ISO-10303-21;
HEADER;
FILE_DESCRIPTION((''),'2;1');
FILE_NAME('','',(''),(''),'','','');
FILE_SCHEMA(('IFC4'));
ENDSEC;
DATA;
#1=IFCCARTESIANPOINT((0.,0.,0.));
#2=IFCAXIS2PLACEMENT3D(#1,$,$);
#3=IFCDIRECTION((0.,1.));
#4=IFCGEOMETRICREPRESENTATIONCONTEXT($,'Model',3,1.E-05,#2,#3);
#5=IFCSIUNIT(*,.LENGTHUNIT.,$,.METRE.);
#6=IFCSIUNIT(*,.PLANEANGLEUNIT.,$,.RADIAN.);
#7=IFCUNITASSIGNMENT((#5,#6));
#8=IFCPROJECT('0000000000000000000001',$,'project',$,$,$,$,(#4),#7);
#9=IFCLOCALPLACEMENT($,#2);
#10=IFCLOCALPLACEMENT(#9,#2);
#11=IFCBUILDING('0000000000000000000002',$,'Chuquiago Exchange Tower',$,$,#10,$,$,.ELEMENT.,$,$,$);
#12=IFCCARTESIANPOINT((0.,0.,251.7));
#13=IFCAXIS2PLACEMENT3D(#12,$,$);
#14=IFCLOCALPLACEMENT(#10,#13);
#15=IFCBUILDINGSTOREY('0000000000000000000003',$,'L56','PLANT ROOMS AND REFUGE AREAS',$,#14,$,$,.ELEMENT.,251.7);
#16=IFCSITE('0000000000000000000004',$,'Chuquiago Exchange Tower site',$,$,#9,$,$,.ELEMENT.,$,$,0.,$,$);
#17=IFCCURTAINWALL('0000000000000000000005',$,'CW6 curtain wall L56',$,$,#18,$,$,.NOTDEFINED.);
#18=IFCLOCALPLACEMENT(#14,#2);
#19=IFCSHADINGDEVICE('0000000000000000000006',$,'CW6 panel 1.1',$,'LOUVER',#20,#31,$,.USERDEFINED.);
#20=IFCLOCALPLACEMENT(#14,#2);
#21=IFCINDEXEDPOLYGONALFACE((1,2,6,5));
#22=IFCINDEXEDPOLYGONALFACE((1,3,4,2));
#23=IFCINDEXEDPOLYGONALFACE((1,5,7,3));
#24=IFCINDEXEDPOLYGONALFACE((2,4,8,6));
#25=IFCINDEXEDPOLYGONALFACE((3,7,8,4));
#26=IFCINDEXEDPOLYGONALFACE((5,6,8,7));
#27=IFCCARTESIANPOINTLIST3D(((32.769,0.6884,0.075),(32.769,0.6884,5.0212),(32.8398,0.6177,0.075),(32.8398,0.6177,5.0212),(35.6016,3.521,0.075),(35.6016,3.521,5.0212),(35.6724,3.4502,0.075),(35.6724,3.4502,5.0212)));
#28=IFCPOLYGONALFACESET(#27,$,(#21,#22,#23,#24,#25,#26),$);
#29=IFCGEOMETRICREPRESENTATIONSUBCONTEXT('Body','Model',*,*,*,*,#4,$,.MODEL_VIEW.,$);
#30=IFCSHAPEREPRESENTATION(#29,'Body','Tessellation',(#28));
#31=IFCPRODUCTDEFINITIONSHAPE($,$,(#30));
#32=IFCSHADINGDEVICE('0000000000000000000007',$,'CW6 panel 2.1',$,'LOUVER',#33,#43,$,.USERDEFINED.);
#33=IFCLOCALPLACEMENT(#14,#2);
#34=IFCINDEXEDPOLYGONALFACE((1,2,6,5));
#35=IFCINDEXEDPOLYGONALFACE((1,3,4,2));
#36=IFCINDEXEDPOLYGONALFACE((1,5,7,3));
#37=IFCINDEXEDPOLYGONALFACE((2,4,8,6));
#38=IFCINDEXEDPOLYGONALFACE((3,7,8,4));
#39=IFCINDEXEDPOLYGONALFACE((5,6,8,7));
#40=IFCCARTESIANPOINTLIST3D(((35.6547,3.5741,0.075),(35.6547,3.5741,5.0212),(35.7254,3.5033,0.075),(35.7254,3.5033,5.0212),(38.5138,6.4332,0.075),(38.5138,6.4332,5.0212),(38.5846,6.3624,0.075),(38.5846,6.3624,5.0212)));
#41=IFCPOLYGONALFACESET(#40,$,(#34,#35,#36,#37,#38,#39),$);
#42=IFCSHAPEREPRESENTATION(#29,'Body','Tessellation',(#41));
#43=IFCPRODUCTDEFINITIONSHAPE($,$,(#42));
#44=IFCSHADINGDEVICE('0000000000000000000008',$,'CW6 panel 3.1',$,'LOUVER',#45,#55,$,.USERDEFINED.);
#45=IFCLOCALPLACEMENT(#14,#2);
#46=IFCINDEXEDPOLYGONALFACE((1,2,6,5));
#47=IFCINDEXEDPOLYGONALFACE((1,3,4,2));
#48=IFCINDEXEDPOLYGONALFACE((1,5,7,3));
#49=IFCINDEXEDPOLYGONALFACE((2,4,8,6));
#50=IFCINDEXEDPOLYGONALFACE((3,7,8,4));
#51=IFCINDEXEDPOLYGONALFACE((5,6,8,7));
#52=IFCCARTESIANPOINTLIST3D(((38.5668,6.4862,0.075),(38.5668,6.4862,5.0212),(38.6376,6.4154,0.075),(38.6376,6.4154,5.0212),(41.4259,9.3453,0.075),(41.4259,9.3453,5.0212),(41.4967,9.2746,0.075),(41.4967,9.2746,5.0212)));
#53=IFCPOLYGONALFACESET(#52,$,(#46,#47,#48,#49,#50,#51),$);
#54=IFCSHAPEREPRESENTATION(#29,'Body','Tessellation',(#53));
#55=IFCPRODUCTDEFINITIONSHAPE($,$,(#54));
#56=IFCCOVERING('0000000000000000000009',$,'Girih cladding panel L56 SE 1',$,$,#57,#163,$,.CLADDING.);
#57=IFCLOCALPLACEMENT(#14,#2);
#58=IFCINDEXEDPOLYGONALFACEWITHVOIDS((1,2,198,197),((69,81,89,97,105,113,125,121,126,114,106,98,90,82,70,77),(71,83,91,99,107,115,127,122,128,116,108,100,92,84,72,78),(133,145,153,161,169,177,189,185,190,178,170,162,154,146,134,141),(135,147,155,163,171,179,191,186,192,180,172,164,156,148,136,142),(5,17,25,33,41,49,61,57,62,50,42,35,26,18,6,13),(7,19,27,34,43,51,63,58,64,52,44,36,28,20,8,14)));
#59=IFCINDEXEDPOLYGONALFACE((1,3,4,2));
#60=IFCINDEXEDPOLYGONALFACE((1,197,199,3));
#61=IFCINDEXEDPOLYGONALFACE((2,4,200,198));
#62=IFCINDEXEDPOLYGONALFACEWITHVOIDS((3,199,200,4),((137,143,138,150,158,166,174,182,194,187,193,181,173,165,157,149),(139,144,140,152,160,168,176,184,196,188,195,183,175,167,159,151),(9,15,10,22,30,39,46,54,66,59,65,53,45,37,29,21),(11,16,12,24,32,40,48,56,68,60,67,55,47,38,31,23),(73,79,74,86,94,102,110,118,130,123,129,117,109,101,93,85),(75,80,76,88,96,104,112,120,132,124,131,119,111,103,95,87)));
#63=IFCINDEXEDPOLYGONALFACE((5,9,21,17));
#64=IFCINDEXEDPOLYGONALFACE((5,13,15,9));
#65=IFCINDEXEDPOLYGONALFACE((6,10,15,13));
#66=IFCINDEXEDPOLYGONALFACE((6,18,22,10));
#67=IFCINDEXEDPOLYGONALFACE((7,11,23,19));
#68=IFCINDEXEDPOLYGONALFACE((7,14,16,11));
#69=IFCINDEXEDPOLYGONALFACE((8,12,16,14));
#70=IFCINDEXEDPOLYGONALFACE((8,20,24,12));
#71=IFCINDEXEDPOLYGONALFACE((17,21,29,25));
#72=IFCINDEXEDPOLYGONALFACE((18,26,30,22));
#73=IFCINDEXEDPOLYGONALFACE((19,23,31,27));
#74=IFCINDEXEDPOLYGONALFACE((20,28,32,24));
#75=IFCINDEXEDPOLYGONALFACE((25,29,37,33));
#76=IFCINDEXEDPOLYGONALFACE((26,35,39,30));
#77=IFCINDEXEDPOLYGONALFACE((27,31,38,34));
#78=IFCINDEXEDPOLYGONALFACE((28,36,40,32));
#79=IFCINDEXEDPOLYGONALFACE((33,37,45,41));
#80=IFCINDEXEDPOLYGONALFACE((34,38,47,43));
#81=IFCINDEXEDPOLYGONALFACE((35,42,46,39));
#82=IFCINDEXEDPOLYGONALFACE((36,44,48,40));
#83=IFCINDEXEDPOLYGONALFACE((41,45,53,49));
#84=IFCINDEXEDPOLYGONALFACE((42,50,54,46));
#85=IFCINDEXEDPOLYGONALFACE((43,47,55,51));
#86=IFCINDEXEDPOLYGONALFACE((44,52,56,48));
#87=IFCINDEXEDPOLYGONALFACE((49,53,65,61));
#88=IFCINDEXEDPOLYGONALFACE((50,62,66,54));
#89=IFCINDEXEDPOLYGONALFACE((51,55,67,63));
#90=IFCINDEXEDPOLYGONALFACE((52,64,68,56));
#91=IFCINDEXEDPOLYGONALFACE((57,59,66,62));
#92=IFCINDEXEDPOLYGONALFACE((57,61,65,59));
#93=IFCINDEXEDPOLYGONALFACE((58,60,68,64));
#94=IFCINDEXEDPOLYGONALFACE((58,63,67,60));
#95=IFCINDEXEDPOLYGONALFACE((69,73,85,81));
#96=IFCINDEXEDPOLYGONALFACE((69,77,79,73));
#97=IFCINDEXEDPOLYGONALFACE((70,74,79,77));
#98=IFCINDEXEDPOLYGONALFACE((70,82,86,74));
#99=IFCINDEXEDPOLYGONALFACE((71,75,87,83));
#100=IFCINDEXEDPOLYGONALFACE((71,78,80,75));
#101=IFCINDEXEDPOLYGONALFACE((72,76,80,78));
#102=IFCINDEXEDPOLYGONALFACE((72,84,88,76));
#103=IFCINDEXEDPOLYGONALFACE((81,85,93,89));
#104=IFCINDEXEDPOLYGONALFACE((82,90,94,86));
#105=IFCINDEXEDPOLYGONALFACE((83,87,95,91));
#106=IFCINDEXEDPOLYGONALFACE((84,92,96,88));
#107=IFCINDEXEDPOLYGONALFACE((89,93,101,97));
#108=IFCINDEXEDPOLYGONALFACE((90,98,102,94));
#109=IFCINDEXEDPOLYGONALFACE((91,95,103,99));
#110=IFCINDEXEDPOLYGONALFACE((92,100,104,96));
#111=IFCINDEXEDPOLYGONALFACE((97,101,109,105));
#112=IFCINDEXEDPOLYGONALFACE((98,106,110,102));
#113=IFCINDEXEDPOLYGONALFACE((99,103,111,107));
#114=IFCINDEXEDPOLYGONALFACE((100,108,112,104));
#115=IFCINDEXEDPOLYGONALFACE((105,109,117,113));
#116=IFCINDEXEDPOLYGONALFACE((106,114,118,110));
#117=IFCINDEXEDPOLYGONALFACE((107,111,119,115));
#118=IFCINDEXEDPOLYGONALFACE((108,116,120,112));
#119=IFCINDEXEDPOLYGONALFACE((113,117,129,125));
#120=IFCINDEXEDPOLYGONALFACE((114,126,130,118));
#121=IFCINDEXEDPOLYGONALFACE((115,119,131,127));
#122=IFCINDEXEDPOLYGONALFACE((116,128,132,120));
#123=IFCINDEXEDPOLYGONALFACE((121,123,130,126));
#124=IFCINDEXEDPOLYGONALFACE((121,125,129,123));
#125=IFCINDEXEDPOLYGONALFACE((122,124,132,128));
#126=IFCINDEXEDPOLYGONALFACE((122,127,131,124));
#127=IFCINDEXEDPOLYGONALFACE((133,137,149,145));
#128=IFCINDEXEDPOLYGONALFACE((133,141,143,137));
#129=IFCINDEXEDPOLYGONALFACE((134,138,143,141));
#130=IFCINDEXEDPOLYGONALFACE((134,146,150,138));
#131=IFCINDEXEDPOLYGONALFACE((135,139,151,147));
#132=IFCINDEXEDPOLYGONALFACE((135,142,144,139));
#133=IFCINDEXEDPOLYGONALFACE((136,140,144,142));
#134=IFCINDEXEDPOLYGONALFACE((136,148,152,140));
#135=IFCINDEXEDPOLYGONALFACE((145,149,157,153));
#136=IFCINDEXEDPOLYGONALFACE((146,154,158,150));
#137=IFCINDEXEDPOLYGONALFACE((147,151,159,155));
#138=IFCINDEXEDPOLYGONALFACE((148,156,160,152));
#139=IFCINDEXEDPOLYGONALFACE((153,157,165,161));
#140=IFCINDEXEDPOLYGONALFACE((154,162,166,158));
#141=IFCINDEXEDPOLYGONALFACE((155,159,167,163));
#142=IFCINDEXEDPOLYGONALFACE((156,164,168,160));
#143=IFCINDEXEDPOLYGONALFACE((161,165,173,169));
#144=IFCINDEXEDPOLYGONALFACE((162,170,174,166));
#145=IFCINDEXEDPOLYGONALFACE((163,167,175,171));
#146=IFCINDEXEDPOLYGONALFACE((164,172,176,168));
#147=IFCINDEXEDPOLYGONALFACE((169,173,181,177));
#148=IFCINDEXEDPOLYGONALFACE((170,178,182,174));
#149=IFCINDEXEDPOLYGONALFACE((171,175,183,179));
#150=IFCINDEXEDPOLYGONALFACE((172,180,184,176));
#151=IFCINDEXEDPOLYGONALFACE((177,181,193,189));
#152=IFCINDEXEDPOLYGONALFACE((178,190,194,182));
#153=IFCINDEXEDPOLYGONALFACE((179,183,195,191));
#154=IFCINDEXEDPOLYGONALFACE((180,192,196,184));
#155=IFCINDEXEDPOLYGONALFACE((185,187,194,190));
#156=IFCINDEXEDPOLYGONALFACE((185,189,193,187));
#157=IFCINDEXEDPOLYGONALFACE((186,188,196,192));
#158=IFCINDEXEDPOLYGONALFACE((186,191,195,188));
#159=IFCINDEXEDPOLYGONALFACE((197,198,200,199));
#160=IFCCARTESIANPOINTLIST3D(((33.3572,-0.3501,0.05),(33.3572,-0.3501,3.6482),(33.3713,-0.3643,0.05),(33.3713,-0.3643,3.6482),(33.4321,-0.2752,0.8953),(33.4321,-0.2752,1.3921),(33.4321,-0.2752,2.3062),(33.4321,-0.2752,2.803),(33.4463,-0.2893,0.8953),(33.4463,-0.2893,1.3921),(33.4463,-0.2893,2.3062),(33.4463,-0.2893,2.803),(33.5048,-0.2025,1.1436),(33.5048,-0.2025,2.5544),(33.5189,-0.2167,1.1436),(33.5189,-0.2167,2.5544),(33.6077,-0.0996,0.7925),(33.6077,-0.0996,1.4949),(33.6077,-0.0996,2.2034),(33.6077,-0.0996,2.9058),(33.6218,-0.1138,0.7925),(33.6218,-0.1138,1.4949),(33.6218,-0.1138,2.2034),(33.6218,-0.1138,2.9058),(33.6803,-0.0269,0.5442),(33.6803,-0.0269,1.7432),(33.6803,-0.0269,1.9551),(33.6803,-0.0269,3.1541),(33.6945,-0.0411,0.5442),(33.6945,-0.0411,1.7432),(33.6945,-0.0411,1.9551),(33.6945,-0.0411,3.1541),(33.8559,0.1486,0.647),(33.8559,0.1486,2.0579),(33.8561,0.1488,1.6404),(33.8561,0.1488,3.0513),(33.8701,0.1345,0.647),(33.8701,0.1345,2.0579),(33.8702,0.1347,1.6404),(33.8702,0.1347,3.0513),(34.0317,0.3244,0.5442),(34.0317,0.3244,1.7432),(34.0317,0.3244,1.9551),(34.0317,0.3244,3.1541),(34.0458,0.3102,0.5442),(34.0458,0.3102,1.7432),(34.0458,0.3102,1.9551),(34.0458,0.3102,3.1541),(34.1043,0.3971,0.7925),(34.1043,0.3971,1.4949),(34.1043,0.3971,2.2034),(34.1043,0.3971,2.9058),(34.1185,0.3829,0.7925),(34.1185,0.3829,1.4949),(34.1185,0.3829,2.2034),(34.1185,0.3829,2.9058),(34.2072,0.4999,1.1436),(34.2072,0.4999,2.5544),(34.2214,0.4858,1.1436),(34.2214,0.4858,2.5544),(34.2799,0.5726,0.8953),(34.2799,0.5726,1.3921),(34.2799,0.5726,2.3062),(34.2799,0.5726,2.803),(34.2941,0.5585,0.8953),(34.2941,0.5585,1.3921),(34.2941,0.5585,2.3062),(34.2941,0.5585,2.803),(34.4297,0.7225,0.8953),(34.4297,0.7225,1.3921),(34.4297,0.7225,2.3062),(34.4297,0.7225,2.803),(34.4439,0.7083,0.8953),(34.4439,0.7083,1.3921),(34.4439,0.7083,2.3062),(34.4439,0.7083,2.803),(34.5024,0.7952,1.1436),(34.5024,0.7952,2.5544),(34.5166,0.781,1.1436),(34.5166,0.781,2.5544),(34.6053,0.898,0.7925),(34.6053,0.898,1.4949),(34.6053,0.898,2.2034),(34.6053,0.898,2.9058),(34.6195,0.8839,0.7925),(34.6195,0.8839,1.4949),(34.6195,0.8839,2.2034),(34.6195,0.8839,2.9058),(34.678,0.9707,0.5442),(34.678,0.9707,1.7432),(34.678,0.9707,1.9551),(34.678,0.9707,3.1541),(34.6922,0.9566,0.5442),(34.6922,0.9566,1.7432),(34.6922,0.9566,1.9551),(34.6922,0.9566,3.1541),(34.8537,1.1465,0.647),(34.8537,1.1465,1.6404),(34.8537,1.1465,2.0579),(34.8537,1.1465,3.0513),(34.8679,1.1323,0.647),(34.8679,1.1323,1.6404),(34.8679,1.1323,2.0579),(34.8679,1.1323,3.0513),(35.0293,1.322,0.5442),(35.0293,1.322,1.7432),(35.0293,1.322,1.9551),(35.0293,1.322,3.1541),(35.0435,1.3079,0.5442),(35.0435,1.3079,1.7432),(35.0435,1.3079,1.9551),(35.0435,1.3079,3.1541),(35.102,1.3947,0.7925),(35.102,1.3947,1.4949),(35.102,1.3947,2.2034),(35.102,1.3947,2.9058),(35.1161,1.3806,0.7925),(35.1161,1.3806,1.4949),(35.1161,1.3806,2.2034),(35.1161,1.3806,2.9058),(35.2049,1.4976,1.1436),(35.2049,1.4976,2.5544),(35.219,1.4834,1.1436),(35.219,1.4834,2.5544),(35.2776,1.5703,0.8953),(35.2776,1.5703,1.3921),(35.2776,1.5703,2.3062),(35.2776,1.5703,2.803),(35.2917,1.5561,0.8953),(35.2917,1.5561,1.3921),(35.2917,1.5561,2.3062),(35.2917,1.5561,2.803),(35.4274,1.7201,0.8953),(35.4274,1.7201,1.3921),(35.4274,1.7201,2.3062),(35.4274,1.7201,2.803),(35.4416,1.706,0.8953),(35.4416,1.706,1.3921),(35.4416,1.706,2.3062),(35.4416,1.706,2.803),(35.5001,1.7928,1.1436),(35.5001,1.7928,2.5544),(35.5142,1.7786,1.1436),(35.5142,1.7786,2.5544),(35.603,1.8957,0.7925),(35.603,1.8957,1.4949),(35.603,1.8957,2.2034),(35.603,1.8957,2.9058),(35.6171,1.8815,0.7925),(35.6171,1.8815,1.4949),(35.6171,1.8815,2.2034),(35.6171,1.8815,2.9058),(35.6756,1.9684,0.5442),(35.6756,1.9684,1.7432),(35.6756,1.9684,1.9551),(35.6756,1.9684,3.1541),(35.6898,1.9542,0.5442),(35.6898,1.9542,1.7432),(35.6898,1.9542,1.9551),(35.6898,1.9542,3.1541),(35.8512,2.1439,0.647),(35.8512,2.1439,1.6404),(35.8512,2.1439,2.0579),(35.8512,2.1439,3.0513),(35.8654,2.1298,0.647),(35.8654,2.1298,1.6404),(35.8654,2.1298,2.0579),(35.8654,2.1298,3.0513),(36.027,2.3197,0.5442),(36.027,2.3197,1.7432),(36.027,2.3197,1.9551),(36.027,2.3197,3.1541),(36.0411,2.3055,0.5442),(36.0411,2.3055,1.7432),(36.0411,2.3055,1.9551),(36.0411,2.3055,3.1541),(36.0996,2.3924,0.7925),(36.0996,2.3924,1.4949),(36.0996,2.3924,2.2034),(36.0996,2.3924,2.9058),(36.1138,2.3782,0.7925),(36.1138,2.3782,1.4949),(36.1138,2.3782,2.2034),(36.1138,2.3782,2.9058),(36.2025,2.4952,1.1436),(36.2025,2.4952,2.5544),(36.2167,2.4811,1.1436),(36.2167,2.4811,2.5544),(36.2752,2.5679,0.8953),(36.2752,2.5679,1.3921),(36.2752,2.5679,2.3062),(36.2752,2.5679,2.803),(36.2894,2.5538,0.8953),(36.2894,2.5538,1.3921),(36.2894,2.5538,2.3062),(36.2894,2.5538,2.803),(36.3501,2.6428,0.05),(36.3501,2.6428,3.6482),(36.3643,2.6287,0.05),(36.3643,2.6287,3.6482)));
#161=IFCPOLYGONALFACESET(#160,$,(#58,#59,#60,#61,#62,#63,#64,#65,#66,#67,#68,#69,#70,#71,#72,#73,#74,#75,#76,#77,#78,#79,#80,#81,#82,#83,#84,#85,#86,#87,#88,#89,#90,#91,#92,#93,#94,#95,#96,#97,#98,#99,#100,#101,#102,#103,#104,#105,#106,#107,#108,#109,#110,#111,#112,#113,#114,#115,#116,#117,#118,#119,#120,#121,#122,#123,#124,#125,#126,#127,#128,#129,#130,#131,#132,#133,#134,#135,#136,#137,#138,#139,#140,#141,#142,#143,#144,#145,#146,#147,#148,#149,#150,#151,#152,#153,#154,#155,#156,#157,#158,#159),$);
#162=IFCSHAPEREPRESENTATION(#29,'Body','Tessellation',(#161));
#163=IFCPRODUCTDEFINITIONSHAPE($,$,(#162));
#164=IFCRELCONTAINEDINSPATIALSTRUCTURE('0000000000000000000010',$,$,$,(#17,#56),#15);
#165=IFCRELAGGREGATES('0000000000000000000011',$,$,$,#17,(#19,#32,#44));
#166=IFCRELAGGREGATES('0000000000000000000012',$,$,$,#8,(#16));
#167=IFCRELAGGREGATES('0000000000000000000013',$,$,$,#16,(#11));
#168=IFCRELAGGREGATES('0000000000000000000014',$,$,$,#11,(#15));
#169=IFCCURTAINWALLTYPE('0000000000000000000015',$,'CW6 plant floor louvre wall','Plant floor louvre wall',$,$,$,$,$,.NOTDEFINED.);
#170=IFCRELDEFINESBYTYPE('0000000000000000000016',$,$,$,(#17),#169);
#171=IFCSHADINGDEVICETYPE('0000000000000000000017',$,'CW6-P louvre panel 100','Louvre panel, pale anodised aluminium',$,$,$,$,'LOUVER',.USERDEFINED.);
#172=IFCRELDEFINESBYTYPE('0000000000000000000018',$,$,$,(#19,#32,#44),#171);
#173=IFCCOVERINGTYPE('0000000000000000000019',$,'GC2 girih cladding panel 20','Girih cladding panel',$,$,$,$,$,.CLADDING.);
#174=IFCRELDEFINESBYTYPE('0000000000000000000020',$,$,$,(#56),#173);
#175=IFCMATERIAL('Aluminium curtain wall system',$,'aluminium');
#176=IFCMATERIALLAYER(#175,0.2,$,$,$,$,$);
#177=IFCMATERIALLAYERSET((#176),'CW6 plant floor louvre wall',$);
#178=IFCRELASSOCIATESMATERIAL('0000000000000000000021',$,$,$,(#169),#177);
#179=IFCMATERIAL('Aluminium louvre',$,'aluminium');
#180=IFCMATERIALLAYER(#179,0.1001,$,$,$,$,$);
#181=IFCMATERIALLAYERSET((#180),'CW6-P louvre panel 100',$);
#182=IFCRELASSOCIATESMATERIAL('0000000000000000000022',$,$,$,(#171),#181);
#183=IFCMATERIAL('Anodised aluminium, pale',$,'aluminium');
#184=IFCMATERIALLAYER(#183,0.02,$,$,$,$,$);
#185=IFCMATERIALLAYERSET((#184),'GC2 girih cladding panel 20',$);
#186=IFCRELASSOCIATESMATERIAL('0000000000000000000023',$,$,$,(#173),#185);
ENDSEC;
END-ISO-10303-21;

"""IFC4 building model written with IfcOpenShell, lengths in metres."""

from ifc_helpers import new_model, si_unit, direction, frame, origin, origin_2d, place, context, subcontext, project, spatial, polyline, rectangle, outline, extrude, material, layer, layer_set, type_object, element, aggregate, save


model = new_model("IFC4")

# Units and contexts
model_context = context("Model", 3, precision=1e-05, world=origin(), true_north=direction((0.0, 1.0)))
body_context = subcontext(model_context, "Body", "Model", "MODEL_VIEW")
ifc_project = project(units=[si_unit("LENGTHUNIT", "METRE"), si_unit("PLANEANGLEUNIT", "RADIAN")], contexts=[model_context])

# Site, building, storey
site_placement = place(None, origin())
site = spatial("IfcSite", under=ifc_project, at=site_placement, Name="Chuquiago Exchange Tower site", CompositionType="ELEMENT", RefElevation=0.0)
building_placement = place(site_placement, origin())
building = spatial("IfcBuilding", under=site, at=building_placement, Name="Chuquiago Exchange Tower", CompositionType="ELEMENT")
storey_placement = place(building_placement, frame((0.0, 0.0, 251.7)))
storey = spatial("IfcBuildingStorey", under=building, at=storey_placement, Name="L56", Description="PLANT ROOMS AND REFUGE AREAS", CompositionType="ELEMENT", Elevation=251.7)

# Curtain wall
ifc_material_1 = material(Name="Aluminium curtain wall system", Category="aluminium")
ifc_layer_1 = layer(ifc_material_1, 0.2)
ifc_layer_set_1 = layer_set([ifc_layer_1], Name="CW6 plant floor louvre wall")
curtain_wall_type = type_object("IfcCurtainWallType", Name="CW6 plant floor louvre wall", Description="Plant floor louvre wall", PredefinedType="NOTDEFINED", material=ifc_layer_set_1)
curtain_wall_placement = place(storey_placement, origin())
curtain_wall = element("IfcCurtainWall", 1, at=curtain_wall_placement, inside=storey, type_object=curtain_wall_type, Name="CW6 curtain wall L56", PredefinedType="NOTDEFINED")

# Shading devices
ifc_material_2 = material(Name="Aluminium louvre", Category="aluminium")
ifc_layer_2 = layer(ifc_material_2, 0.1001)
ifc_layer_set_2 = layer_set([ifc_layer_2], Name="CW6-P louvre panel 100")
shading_device_type = type_object("IfcShadingDeviceType", Name="CW6-P louvre panel 100", Description="Louvre panel, pale anodised aluminium", ElementType="LOUVER", PredefinedType="USERDEFINED", material=ifc_layer_set_2)
shading_device_1_placement = place(storey_placement, frame((34.2207, 2.0693, 0.075), z_axis=(0.0, 0.0, 1.0), x_axis=(0.707107, 0.707107, 0.0)))
shading_device_1 = element("IfcShadingDevice", 2, at=shading_device_1_placement, type_object=shading_device_type, Name="CW6 panel 1.1", ObjectType="LOUVER", PredefinedType="USERDEFINED", context=body_context, shape_type="SweptSolid", body=[
    extrude(rectangle(XDim=4.0059, YDim=0.1001, at=origin_2d()), origin(), (0.0, 0.0, 1.0), 4.9463),
])
shading_device_2_placement = place(storey_placement, frame((37.1196, 4.9683, 0.075), z_axis=(0.0, 0.0, 1.0), x_axis=(0.707107, 0.707107, 0.0)))
shading_device_2 = element("IfcShadingDevice", 3, at=shading_device_2_placement, type_object=shading_device_type, Name="CW6 panel 2.1", ObjectType="LOUVER", PredefinedType="USERDEFINED", context=body_context, shape_type="SweptSolid", body=[
    extrude(rectangle(XDim=4.0435, YDim=0.1001, at=origin_2d()), origin(), (0.0, 0.0, 1.0), 4.9463),
])
shading_device_3_placement = place(storey_placement, frame((40.0317, 7.8804, 0.075), z_axis=(0.0, 0.0, 1.0), x_axis=(0.707107, 0.707107, 0.0)))
shading_device_3 = element("IfcShadingDevice", 4, at=shading_device_3_placement, type_object=shading_device_type, Name="CW6 panel 3.1", ObjectType="LOUVER", PredefinedType="USERDEFINED", context=body_context, shape_type="SweptSolid", body=[
    extrude(rectangle(XDim=4.0435, YDim=0.1001, at=origin_2d()), origin(), (0.0, 0.0, 1.0), 4.9463),
])
aggregate(curtain_wall, [shading_device_1, shading_device_2, shading_device_3])

# Covering
ifc_material_3 = material(Name="Anodised aluminium, pale", Category="aluminium")
ifc_layer_3 = layer(ifc_material_3, 0.02)
ifc_layer_set_3 = layer_set([ifc_layer_3], Name="GC2 girih cladding panel 20")
covering_type = type_object("IfcCoveringType", Name="GC2 girih cladding panel 20", Description="Girih cladding panel", PredefinedType="CLADDING", material=ifc_layer_set_3)
covering_1_placement = place(storey_placement, frame((33.3572, -0.3501, 0.05), z_axis=(0.0, 0.0, 1.0), x_axis=(0.707107, 0.707107, 0.0)))
element("IfcCovering", 5, at=covering_1_placement, inside=storey, type_object=covering_type, Name="Girih cladding panel L56 SE 1", PredefinedType="CLADDING", context=body_context, shape_type="SweptSolid", body=[
    extrude(outline(polyline([(0.0, 0.0), (4.2327, 0.0), (4.2327, 3.5981), (0.0, 3.5981), (0.0, 0.0)]), holes=[polyline([(1.2021, 1.0935), (1.3049, 1.342), (1.0566, 1.4448), (0.9539, 1.6931), (0.7056, 1.5903), (0.457, 1.6931), (0.3542, 1.4448), (0.106, 1.342), (0.2087, 1.0935), (0.106, 0.8452), (0.3542, 0.7424), (0.457, 0.4941), (0.7053, 0.5969), (0.9539, 0.4941), (1.0566, 0.7424), (1.3049, 0.8452), (1.2021, 1.0935)]), polyline([(2.613, 1.0935), (2.7158, 1.342), (2.4675, 1.4448), (2.3647, 1.6931), (2.1165, 1.5903), (1.8679, 1.6931), (1.7651, 1.4448), (1.5168, 1.342), (1.6196, 1.0935), (1.5168, 0.8452), (1.7651, 0.7424), (1.8679, 0.4941), (2.1165, 0.5969), (2.3647, 0.4941), (2.4675, 0.7424), (2.7158, 0.8452), (2.613, 1.0935)]), polyline([(4.0239, 1.0935), (4.1267, 1.342), (3.8784, 1.4448), (3.7756, 1.6931), (3.5271, 1.5903), (3.2788, 1.6931), (3.176, 1.4448), (2.9277, 1.342), (3.0305, 1.0935), (2.9277, 0.8452), (3.176, 0.7424), (3.2788, 0.4941), (3.5271, 0.5969), (3.7756, 0.4941), (3.8784, 0.7424), (4.1267, 0.8452), (4.0239, 1.0935)]), polyline([(1.2021, 2.5044), (1.3049, 2.7529), (1.0566, 2.8557), (0.9539, 3.104), (0.7056, 3.0012), (0.457, 3.104), (0.3542, 2.8557), (0.106, 2.7529), (0.2087, 2.5044), (0.106, 2.2561), (0.3542, 2.1533), (0.457, 1.905), (0.7053, 2.0078), (0.9539, 1.905), (1.0566, 2.1533), (1.3049, 2.2561), (1.2021, 2.5044)]), polyline([(2.613, 2.5044), (2.7158, 2.7529), (2.4675, 2.8557), (2.3647, 3.104), (2.1165, 3.0012), (1.8679, 3.104), (1.7651, 2.8557), (1.5168, 2.7529), (1.6196, 2.5044), (1.5168, 2.2561), (1.7651, 2.1533), (1.8679, 1.905), (2.1165, 2.0078), (2.3647, 1.905), (2.4675, 2.1533), (2.7158, 2.2561), (2.613, 2.5044)]), polyline([(4.0239, 2.5044), (4.1267, 2.7529), (3.8784, 2.8557), (3.7756, 3.104), (3.5271, 3.0012), (3.2788, 3.104), (3.176, 2.8557), (2.9277, 2.7529), (3.0305, 2.5044), (2.9277, 2.2561), (3.176, 2.1533), (3.2788, 1.905), (3.5271, 2.0078), (3.7756, 1.905), (3.8784, 2.1533), (4.1267, 2.2561), (4.0239, 2.5044)])]), frame((0.0, 0.0, 0.0), z_axis=(0.0, -1.0, 0.0), x_axis=(1.0, 0.0, 0.0)), (0.0, 0.0, 1.0), 0.02),
])

save(model, "model.ifc")
